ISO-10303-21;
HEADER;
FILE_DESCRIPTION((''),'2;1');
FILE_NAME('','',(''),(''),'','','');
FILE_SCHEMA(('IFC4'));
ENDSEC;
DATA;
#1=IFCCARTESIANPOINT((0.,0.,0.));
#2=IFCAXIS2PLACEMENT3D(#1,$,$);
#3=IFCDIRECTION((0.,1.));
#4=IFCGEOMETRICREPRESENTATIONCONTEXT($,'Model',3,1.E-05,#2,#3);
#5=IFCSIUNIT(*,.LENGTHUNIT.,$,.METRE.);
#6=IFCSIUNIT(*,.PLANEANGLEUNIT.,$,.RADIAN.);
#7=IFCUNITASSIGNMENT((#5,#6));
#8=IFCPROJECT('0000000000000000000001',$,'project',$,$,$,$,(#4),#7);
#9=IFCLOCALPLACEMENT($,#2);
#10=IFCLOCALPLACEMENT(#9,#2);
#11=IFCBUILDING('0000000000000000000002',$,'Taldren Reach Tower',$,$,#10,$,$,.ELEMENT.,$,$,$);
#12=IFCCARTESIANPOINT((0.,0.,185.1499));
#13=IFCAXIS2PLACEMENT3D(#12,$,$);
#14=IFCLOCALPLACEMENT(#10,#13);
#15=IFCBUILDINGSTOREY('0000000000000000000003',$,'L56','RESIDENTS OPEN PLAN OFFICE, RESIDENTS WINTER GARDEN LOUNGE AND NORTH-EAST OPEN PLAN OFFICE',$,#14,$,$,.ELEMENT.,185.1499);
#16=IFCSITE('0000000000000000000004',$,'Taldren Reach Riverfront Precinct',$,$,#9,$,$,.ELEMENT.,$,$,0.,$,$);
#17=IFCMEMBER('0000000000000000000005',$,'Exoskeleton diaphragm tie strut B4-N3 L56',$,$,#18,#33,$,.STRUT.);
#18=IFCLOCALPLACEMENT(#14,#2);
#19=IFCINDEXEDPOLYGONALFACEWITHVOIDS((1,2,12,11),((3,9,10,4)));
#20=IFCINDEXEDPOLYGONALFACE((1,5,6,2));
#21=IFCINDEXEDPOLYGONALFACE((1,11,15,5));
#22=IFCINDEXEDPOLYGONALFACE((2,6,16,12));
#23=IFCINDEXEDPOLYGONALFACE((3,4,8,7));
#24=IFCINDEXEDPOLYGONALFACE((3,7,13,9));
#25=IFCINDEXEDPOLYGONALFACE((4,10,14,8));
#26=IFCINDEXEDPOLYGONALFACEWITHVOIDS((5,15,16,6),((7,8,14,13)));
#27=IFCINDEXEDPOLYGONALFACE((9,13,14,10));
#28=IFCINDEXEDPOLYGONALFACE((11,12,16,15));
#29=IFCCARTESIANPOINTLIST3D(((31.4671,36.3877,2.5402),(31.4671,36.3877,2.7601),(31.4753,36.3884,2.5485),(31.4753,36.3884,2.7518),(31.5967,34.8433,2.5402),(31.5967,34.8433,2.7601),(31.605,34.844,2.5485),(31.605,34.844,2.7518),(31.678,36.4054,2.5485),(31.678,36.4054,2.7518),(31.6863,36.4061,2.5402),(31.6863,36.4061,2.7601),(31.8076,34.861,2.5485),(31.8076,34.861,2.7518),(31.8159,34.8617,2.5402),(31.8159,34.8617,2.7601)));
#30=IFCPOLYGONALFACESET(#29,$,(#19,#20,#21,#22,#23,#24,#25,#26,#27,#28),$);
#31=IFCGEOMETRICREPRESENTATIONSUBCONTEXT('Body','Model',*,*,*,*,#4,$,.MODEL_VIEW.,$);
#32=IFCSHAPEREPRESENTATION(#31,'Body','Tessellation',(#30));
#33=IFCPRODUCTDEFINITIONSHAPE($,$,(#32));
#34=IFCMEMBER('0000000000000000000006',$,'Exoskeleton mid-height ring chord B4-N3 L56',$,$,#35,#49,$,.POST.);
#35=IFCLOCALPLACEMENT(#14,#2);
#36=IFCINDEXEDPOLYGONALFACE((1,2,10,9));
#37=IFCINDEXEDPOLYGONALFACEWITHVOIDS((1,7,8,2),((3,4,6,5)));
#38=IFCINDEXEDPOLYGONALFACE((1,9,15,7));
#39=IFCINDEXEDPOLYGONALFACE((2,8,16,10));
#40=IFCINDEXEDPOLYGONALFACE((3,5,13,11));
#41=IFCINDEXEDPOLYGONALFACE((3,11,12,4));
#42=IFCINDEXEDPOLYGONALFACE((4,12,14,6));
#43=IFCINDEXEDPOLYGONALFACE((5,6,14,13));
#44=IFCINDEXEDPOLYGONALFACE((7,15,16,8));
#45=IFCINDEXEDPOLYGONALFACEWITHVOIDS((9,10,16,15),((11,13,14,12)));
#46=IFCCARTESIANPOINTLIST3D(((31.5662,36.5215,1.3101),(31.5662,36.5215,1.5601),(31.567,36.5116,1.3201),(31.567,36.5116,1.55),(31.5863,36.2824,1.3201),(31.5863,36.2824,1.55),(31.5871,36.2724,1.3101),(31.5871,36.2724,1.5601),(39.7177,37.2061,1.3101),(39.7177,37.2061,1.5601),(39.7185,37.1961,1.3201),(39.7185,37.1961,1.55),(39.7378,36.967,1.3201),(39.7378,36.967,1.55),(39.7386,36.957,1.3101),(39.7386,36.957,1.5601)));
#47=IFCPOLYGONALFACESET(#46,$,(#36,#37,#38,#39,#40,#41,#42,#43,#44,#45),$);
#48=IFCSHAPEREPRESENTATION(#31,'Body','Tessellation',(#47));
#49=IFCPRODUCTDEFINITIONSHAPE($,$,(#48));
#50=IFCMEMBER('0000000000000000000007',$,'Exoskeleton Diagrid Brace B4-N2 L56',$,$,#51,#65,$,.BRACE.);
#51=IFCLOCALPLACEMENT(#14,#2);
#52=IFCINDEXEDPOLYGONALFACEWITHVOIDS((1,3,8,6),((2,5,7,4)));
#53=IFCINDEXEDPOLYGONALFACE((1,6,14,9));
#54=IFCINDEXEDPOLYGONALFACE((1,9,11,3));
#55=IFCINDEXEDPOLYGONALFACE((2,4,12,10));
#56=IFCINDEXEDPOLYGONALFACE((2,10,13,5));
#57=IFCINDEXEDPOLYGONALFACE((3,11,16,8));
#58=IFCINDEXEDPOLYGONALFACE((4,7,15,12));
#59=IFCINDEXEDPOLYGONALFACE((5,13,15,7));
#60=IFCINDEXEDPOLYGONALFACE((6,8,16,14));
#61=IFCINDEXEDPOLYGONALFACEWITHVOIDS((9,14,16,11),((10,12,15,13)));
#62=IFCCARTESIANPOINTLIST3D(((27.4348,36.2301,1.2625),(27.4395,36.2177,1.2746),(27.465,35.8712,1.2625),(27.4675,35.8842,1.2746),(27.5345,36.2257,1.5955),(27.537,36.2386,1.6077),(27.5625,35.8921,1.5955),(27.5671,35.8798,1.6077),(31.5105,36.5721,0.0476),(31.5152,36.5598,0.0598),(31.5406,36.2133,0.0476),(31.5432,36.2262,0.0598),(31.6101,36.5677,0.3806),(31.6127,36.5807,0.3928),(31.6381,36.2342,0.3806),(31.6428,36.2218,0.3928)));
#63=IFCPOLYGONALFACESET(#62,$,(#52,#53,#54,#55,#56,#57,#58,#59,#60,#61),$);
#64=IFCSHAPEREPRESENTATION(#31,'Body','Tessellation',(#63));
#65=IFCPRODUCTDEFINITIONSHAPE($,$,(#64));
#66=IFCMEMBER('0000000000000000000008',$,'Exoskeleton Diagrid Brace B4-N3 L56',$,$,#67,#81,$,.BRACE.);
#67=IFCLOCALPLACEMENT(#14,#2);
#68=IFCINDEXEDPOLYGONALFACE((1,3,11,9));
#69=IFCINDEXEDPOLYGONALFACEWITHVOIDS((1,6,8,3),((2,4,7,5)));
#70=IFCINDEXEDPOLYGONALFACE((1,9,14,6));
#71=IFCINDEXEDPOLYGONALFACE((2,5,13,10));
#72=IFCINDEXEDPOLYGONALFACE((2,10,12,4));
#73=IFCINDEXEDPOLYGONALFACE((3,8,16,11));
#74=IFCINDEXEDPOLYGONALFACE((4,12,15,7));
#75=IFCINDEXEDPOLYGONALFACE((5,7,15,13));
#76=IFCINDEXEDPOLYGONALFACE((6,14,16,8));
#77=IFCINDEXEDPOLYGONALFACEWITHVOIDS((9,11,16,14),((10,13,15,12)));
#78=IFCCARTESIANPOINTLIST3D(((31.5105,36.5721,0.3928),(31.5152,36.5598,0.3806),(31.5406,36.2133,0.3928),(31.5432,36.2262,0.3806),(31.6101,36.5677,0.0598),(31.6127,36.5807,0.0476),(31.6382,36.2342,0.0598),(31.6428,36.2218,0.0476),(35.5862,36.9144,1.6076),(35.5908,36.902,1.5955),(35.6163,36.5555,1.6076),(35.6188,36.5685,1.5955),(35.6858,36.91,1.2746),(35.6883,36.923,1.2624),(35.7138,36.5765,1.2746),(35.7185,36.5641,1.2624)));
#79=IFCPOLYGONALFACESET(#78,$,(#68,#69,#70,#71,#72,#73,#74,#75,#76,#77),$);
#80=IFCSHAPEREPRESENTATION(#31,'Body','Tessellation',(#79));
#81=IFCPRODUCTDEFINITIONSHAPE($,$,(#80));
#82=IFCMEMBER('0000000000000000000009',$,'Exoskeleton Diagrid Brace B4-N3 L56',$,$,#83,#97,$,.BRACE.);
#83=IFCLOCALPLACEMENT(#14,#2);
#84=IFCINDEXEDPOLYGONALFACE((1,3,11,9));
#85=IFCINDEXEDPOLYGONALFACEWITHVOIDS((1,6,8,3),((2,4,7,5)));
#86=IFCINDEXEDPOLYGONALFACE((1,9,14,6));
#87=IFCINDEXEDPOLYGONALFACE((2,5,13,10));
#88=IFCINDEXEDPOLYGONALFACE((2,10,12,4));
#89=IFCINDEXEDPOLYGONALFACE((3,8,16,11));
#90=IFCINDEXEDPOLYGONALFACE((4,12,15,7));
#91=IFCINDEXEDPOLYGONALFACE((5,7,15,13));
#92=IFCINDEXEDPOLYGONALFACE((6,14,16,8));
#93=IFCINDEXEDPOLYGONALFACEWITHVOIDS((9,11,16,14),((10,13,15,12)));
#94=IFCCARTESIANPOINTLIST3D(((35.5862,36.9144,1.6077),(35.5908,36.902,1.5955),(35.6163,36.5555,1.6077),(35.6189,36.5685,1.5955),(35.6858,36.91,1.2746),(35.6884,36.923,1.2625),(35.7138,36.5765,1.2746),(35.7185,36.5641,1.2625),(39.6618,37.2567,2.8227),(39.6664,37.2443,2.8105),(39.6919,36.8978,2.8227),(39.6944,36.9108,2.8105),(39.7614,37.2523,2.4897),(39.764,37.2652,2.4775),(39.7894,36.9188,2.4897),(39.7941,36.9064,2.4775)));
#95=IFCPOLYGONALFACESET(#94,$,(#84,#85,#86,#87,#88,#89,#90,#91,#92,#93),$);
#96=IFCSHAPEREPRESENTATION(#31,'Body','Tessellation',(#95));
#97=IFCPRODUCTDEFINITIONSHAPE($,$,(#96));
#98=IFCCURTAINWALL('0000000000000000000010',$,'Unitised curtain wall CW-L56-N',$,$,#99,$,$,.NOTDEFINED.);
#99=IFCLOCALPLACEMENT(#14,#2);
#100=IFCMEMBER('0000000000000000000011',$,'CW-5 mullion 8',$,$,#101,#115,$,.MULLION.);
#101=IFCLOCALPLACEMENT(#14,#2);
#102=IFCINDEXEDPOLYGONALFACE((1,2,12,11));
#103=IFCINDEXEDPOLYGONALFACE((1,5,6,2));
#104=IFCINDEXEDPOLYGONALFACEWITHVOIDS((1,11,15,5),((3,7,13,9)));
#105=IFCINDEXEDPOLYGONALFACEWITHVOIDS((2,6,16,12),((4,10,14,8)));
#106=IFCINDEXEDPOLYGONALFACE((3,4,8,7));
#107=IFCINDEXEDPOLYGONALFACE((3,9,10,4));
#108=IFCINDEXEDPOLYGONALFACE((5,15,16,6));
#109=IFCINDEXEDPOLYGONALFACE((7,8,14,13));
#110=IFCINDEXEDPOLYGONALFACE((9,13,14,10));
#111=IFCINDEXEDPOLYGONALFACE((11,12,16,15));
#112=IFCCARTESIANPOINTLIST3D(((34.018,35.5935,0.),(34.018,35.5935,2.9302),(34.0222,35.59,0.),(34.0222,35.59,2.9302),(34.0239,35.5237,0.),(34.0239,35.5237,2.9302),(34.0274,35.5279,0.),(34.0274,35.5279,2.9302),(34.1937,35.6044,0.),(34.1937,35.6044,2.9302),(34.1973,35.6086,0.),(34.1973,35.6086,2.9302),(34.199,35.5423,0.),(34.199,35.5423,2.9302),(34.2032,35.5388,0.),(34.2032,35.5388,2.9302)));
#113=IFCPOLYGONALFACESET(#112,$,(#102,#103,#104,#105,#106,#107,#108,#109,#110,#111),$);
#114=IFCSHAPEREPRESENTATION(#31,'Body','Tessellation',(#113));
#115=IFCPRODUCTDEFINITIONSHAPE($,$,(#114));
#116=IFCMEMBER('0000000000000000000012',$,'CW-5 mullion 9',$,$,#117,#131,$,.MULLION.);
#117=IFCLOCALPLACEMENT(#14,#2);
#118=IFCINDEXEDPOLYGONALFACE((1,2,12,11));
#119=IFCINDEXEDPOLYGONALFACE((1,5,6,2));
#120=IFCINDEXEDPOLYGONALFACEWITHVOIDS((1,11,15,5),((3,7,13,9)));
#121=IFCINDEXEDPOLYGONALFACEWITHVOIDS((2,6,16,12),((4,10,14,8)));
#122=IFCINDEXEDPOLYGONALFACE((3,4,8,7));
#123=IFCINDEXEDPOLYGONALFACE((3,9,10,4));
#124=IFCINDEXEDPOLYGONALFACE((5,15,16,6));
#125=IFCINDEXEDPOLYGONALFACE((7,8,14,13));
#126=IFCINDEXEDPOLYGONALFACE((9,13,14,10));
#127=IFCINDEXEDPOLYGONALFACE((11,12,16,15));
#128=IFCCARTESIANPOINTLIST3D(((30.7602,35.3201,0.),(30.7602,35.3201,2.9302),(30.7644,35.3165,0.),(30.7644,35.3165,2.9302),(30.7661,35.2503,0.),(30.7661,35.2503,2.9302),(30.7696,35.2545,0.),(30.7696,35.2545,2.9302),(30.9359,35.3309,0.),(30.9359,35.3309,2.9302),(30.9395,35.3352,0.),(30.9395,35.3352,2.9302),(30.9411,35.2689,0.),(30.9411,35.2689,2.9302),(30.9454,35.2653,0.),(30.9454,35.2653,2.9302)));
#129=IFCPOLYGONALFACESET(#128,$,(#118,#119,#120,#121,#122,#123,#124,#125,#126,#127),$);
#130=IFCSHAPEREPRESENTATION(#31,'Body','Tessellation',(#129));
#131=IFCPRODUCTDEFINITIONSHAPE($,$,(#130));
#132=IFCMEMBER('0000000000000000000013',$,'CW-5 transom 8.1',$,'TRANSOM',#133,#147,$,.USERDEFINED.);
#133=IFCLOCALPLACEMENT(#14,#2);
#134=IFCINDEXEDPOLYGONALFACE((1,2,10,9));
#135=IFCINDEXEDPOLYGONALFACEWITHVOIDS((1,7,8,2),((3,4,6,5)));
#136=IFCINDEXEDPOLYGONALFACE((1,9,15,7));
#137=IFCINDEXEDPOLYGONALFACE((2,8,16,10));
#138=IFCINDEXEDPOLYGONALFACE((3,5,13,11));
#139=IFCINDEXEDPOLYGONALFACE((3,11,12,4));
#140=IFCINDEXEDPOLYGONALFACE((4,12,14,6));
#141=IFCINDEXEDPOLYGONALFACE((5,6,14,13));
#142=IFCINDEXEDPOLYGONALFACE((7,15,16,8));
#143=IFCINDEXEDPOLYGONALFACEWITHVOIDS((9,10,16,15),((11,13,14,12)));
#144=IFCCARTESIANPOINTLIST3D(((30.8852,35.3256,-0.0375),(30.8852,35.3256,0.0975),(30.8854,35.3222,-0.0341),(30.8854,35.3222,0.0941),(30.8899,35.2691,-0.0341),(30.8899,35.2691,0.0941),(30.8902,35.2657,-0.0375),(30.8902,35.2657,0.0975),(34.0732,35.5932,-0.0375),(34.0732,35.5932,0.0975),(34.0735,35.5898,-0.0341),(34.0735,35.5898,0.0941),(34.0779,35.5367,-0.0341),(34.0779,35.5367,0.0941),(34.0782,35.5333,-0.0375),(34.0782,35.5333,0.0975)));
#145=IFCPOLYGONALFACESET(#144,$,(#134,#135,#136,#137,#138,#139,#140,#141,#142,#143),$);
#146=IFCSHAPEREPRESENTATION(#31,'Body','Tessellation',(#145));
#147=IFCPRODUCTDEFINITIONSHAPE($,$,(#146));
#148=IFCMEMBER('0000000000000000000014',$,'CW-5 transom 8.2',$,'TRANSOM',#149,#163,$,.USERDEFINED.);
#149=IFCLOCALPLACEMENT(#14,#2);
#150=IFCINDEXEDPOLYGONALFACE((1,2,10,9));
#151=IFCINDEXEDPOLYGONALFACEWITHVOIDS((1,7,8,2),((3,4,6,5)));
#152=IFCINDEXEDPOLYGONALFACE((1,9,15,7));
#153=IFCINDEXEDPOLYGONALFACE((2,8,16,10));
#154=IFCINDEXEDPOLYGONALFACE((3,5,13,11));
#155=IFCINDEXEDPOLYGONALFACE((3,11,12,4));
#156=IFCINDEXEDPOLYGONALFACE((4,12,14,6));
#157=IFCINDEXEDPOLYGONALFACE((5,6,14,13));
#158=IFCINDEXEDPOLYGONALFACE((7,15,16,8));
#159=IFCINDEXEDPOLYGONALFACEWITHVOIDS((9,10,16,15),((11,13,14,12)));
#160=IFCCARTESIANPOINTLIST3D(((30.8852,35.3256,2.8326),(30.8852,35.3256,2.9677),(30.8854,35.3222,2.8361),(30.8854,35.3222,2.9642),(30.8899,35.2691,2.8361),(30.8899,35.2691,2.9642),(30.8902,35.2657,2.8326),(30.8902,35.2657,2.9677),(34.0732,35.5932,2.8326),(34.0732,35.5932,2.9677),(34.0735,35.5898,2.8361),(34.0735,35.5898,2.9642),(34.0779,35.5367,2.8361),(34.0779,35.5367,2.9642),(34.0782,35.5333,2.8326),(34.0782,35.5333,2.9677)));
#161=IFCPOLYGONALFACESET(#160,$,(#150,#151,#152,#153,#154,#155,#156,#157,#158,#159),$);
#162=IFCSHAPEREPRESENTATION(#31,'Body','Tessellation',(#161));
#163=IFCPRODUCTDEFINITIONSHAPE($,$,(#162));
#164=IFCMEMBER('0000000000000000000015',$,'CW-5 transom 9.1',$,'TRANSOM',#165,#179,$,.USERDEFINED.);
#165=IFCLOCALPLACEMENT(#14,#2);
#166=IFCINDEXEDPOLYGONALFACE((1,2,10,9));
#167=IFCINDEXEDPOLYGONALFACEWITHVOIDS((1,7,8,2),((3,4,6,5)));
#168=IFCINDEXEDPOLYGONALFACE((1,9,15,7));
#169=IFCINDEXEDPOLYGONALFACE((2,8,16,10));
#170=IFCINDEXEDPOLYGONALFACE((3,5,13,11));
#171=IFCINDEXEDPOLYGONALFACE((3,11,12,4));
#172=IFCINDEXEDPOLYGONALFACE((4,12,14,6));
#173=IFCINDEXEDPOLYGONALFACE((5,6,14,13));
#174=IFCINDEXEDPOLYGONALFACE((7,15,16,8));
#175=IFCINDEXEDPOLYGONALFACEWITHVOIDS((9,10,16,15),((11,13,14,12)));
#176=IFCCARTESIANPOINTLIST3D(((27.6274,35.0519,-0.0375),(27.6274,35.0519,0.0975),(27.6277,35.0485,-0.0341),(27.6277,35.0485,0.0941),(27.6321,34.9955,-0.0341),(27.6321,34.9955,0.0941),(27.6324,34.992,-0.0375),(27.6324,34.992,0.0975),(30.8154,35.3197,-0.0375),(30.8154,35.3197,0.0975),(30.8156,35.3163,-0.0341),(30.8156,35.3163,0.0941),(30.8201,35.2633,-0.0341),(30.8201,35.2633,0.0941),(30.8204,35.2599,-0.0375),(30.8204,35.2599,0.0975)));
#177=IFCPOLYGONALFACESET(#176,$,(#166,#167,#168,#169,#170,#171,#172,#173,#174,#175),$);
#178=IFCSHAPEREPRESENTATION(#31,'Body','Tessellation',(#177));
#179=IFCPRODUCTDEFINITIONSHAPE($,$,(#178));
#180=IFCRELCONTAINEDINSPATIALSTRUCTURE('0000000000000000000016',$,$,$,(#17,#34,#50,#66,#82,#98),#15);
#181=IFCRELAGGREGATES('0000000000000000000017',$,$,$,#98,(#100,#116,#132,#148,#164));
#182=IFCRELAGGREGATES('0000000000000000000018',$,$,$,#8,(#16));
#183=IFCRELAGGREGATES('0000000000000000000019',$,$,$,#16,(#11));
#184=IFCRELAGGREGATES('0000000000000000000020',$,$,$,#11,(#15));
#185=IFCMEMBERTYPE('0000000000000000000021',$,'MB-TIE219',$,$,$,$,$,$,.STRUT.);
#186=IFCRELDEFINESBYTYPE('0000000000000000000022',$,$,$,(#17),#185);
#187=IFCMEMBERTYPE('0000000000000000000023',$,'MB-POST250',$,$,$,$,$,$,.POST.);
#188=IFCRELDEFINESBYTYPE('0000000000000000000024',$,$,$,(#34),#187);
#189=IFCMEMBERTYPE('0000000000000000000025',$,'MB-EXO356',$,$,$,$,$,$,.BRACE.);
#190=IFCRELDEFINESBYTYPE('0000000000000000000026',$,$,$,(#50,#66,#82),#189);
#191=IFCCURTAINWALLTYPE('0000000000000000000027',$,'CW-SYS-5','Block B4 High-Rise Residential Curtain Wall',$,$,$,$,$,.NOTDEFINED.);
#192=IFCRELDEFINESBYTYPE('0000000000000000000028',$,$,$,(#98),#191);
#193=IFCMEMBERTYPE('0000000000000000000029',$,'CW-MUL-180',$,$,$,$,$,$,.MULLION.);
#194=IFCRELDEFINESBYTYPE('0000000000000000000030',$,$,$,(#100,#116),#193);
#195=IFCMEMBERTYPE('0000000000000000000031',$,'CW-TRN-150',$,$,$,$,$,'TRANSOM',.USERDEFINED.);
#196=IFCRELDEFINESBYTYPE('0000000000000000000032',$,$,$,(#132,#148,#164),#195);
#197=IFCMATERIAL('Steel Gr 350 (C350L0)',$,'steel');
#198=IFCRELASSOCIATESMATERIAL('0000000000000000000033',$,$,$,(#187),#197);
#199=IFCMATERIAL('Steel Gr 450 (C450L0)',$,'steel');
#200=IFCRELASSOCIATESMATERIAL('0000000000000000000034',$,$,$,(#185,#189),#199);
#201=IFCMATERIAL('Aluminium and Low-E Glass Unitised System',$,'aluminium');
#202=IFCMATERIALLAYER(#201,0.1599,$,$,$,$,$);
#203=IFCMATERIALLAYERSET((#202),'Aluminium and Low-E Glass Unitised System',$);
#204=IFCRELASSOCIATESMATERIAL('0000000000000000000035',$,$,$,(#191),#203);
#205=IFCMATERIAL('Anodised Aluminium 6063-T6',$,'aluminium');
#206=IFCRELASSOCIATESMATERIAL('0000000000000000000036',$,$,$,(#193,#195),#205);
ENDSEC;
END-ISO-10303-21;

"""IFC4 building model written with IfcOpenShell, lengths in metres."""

from ifc_helpers import new_model, si_unit, direction, frame, origin, origin_2d, place, context, subcontext, project, spatial, hollow_rectangle, extrude, source, transform, mapped, material, layer, layer_set, material_profile, profile_set, type_object, element, aggregate, save


model = new_model("IFC4")

# Units and contexts
model_context = context("Model", 3, precision=1e-05, world=origin(), true_north=direction((0.0, 1.0)))
body_context = subcontext(model_context, "Body", "Model", "MODEL_VIEW")
ifc_project = project(units=[si_unit("LENGTHUNIT", "METRE"), si_unit("PLANEANGLEUNIT", "RADIAN")], contexts=[model_context])

# Site, building, storey
site_placement = place(None, origin())
site = spatial("IfcSite", under=ifc_project, at=site_placement, Name="Taldren Reach Riverfront Precinct", CompositionType="ELEMENT", RefElevation=0.0)
building_placement = place(site_placement, origin())
building = spatial("IfcBuilding", under=site, at=building_placement, Name="Taldren Reach Tower", CompositionType="ELEMENT")
storey_placement = place(building_placement, frame((0.0, 0.0, 185.1499)))
storey = spatial("IfcBuildingStorey", under=building, at=storey_placement, Name="L56", Description="RESIDENTS OPEN PLAN OFFICE, RESIDENTS WINTER GARDEN LOUNGE AND NORTH-EAST OPEN PLAN OFFICE", CompositionType="ELEMENT", Elevation=185.1499)

# Shared definitions
ifc_material_1 = material(Name="Steel Gr 450 (C450L0)", Category="steel")

# Shared definitions
ifc_material_2 = material(Name="Steel Gr 350 (C350L0)", Category="steel")
ifc_material_profile_1 = material_profile(ifc_material_2, hollow_rectangle(XDim=0.25, YDim=0.25, WallThickness=0.01, at=origin_2d()), Name="250x250x10.0SHS")
ifc_profile_set_1 = profile_set([ifc_material_profile_1], Name="Steel Gr 350 (C350L0)")
member_type_1 = type_object("IfcMemberType", Name="MB-POST250", PredefinedType="POST", material=ifc_profile_set_1)

# Members
ifc_material_profile_2 = material_profile(ifc_material_1, hollow_rectangle(XDim=0.22, YDim=0.22, WallThickness=0.0083, at=origin_2d()), Name="220x220x8.2SHS")
ifc_profile_set_2 = profile_set([ifc_material_profile_2], Name="Steel Gr 450 (C450L0)")
member_type_2 = type_object("IfcMemberType", Name="MB-TIE219", PredefinedType="STRUT", material=ifc_profile_set_2)
shared_shape_1 = source(origin(), body_context, "Body", "SweptSolid", [
    extrude(hollow_rectangle(XDim=0.22, YDim=0.22, WallThickness=0.0083, at=origin_2d()), origin(), (0.0, 0.0, 1.0), 1.5498),
])
member_1_placement = place(storey_placement, frame((31.7063, 34.8525, 2.6501), z_axis=(-0.083645, 0.996496, 0.0), x_axis=(-0.996496, -0.083645, 0.0)))
element("IfcMember", 1, at=member_1_placement, inside=storey, type_object=member_type_2, Name="Exoskeleton diaphragm tie strut B4-N3 L56", PredefinedType="STRUT", context=body_context, shape_type="MappedRepresentation", body=[
    mapped(shared_shape_1, transform((0.0, 0.0, 0.0), scale=1.0)),
])
shared_shape_2 = source(origin(), body_context, "Body", "SweptSolid", [
    extrude(hollow_rectangle(XDim=0.25, YDim=0.25, WallThickness=0.01, at=origin_2d()), origin(), (0.0, 0.0, 1.0), 8.1802),
])
member_2_placement = place(storey_placement, frame((31.5767, 36.397, 1.4351), z_axis=(0.996492, 0.083688, 0.0), x_axis=(-0.083688, 0.996492, 0.0)))
element("IfcMember", 2, at=member_2_placement, inside=storey, type_object=member_type_1, Name="Exoskeleton mid-height ring chord B4-N3 L56", PredefinedType="POST", context=body_context, shape_type="MappedRepresentation", body=[
    mapped(shared_shape_2, transform((0.0, 0.0, 0.0), scale=1.0)),
])
ifc_material_profile_3 = material_profile(ifc_material_1, hollow_rectangle(XDim=0.3601, YDim=0.3601, WallThickness=0.0127, at=origin_2d()), Name="360x360x12.7SHS")
ifc_profile_set_3 = profile_set([ifc_material_profile_3], Name="Steel Gr 450 (C450L0)")
member_type_3 = type_object("IfcMemberType", Name="MB-EXO356", PredefinedType="BRACE", material=ifc_profile_set_3)
shared_shape_3 = source(origin(), body_context, "Body", "SweptSolid", [
    extrude(hollow_rectangle(XDim=0.3601, YDim=0.3601, WallThickness=0.0127, at=origin_2d()), origin(), (0.0, 0.0, 1.0), 4.2666),
])
for number, where, z_axis, x_axis, name in (
    (3, (31.5767, 36.397, 0.2202), (-0.955249, -0.080167, 0.284732), (0.083628, -0.996497, 0.0), "Exoskeleton Diagrid Brace B4-N2 L56"),
    (4, (31.5767, 36.397, 0.2202), (0.955245, 0.080224, 0.284731), (-0.083688, 0.996492, 0.0), "Exoskeleton Diagrid Brace B4-N3 L56"),
    (5, (35.6523, 36.7393, 1.4351), (0.955229, 0.080222, 0.284783), (-0.083688, 0.996492, 0.0), "Exoskeleton Diagrid Brace B4-N3 L56"),
):
    element("IfcMember", number, at=place(storey_placement, frame(where, z_axis=z_axis, x_axis=x_axis)), inside=storey, type_object=member_type_3, Name=name, PredefinedType="BRACE", context=body_context, shape_type="MappedRepresentation", body=[
        mapped(shared_shape_3, transform((0.0, 0.0, 0.0), scale=1.0)),
    ])

# Curtain wall, members
ifc_material_3 = material(Name="Aluminium and Low-E Glass Unitised System", Category="aluminium")
ifc_layer_1 = layer(ifc_material_3, 0.1599)
ifc_layer_set_1 = layer_set([ifc_layer_1], Name="Aluminium and Low-E Glass Unitised System")
curtain_wall_type = type_object("IfcCurtainWallType", Name="CW-SYS-5", Description="Block B4 High-Rise Residential Curtain Wall", PredefinedType="NOTDEFINED", material=ifc_layer_set_1)
curtain_wall_placement = place(storey_placement, origin())
curtain_wall = element("IfcCurtainWall", 6, at=curtain_wall_placement, inside=storey, type_object=curtain_wall_type, Name="Unitised curtain wall CW-L56-N", PredefinedType="NOTDEFINED")
ifc_material_4 = material(Name="Anodised Aluminium 6063-T6", Category="aluminium")
ifc_material_profile_4 = material_profile(ifc_material_4, hollow_rectangle(XDim=0.0701, YDim=0.1799, WallThickness=0.0039, at=origin_2d()), Name="ALU-180x70x4RHS")
ifc_profile_set_4 = profile_set([ifc_material_profile_4], Name="Anodised Aluminium 6063-T6")
member_type_4 = type_object("IfcMemberType", Name="CW-MUL-180", PredefinedType="MULLION", material=ifc_profile_set_4)
shared_shape_4 = source(origin(), body_context, "Body", "SweptSolid", [
    extrude(hollow_rectangle(XDim=0.0701, YDim=0.1799, WallThickness=0.0039, at=origin_2d()), origin(), (0.0, 0.0, 1.0), 2.9302),
])
member_3_placement = place(storey_placement, frame((34.1106, 35.5662, 0.0), z_axis=(0.0, 0.0, 1.0), x_axis=(0.083678, -0.996493, 0.0)))
member_3 = element("IfcMember", 7, at=member_3_placement, type_object=member_type_4, Name="CW-5 mullion 8", PredefinedType="MULLION", context=body_context, shape_type="MappedRepresentation", body=[
    mapped(shared_shape_4, transform((0.0, 0.0, 0.0), scale=1.0)),
])
member_4_placement = place(storey_placement, frame((30.8528, 35.2927, 0.0), z_axis=(0.0, 0.0, 1.0), x_axis=(0.083678, -0.996493, 0.0)))
member_4 = element("IfcMember", 8, at=member_4_placement, type_object=member_type_4, Name="CW-5 mullion 9", PredefinedType="MULLION", context=body_context, shape_type="MappedRepresentation", body=[
    mapped(shared_shape_4, transform((0.0, 0.0, 0.0), scale=1.0)),
])
ifc_material_profile_5 = material_profile(ifc_material_4, hollow_rectangle(XDim=0.0601, YDim=0.135, WallThickness=0.0034, at=origin_2d()), Name="ALU-135x60x3.5RHS")
ifc_profile_set_5 = profile_set([ifc_material_profile_5], Name="Anodised Aluminium 6063-T6")
member_type_5 = type_object("IfcMemberType", Name="CW-TRN-150", ElementType="TRANSOM", PredefinedType="USERDEFINED", material=ifc_profile_set_5)
shared_shape_5 = source(origin(), body_context, "Body", "SweptSolid", [
    extrude(hollow_rectangle(XDim=0.0601, YDim=0.135, WallThickness=0.0034, at=origin_2d()), origin(), (0.0, 0.0, 1.0), 3.1992),
])
member_5_placement = place(storey_placement, frame((34.0757, 35.5632, 0.03), z_axis=(-0.996496, -0.083639, 0.0), x_axis=(0.083639, -0.996496, 0.0)))
member_5 = element("IfcMember", 9, at=member_5_placement, type_object=member_type_5, Name="CW-5 transom 8.1", ObjectType="TRANSOM", PredefinedType="USERDEFINED", context=body_context, shape_type="MappedRepresentation", body=[
    mapped(shared_shape_5, transform((0.0, 0.0, 0.0), scale=1.0)),
])
member_6_placement = place(storey_placement, frame((34.0757, 35.5632, 2.9001), z_axis=(-0.996496, -0.083639, 0.0), x_axis=(0.083639, -0.996496, 0.0)))
member_6 = element("IfcMember", 10, at=member_6_placement, type_object=member_type_5, Name="CW-5 transom 8.2", ObjectType="TRANSOM", PredefinedType="USERDEFINED", context=body_context, shape_type="MappedRepresentation", body=[
    mapped(shared_shape_5, transform((0.0, 0.0, 0.0), scale=1.0)),
])
member_7_placement = place(storey_placement, frame((30.8179, 35.2898, 0.03), z_axis=(-0.99649, -0.083715, 0.0), x_axis=(0.083715, -0.99649, 0.0)))
member_7 = element("IfcMember", 11, at=member_7_placement, type_object=member_type_5, Name="CW-5 transom 9.1", ObjectType="TRANSOM", PredefinedType="USERDEFINED", context=body_context, shape_type="MappedRepresentation", body=[
    mapped(shared_shape_5, transform((0.0, 0.0, 0.0), scale=1.0)),
])

aggregate(curtain_wall, [member_3, member_4, member_5, member_6, member_7])

save(model, "model.ifc")
